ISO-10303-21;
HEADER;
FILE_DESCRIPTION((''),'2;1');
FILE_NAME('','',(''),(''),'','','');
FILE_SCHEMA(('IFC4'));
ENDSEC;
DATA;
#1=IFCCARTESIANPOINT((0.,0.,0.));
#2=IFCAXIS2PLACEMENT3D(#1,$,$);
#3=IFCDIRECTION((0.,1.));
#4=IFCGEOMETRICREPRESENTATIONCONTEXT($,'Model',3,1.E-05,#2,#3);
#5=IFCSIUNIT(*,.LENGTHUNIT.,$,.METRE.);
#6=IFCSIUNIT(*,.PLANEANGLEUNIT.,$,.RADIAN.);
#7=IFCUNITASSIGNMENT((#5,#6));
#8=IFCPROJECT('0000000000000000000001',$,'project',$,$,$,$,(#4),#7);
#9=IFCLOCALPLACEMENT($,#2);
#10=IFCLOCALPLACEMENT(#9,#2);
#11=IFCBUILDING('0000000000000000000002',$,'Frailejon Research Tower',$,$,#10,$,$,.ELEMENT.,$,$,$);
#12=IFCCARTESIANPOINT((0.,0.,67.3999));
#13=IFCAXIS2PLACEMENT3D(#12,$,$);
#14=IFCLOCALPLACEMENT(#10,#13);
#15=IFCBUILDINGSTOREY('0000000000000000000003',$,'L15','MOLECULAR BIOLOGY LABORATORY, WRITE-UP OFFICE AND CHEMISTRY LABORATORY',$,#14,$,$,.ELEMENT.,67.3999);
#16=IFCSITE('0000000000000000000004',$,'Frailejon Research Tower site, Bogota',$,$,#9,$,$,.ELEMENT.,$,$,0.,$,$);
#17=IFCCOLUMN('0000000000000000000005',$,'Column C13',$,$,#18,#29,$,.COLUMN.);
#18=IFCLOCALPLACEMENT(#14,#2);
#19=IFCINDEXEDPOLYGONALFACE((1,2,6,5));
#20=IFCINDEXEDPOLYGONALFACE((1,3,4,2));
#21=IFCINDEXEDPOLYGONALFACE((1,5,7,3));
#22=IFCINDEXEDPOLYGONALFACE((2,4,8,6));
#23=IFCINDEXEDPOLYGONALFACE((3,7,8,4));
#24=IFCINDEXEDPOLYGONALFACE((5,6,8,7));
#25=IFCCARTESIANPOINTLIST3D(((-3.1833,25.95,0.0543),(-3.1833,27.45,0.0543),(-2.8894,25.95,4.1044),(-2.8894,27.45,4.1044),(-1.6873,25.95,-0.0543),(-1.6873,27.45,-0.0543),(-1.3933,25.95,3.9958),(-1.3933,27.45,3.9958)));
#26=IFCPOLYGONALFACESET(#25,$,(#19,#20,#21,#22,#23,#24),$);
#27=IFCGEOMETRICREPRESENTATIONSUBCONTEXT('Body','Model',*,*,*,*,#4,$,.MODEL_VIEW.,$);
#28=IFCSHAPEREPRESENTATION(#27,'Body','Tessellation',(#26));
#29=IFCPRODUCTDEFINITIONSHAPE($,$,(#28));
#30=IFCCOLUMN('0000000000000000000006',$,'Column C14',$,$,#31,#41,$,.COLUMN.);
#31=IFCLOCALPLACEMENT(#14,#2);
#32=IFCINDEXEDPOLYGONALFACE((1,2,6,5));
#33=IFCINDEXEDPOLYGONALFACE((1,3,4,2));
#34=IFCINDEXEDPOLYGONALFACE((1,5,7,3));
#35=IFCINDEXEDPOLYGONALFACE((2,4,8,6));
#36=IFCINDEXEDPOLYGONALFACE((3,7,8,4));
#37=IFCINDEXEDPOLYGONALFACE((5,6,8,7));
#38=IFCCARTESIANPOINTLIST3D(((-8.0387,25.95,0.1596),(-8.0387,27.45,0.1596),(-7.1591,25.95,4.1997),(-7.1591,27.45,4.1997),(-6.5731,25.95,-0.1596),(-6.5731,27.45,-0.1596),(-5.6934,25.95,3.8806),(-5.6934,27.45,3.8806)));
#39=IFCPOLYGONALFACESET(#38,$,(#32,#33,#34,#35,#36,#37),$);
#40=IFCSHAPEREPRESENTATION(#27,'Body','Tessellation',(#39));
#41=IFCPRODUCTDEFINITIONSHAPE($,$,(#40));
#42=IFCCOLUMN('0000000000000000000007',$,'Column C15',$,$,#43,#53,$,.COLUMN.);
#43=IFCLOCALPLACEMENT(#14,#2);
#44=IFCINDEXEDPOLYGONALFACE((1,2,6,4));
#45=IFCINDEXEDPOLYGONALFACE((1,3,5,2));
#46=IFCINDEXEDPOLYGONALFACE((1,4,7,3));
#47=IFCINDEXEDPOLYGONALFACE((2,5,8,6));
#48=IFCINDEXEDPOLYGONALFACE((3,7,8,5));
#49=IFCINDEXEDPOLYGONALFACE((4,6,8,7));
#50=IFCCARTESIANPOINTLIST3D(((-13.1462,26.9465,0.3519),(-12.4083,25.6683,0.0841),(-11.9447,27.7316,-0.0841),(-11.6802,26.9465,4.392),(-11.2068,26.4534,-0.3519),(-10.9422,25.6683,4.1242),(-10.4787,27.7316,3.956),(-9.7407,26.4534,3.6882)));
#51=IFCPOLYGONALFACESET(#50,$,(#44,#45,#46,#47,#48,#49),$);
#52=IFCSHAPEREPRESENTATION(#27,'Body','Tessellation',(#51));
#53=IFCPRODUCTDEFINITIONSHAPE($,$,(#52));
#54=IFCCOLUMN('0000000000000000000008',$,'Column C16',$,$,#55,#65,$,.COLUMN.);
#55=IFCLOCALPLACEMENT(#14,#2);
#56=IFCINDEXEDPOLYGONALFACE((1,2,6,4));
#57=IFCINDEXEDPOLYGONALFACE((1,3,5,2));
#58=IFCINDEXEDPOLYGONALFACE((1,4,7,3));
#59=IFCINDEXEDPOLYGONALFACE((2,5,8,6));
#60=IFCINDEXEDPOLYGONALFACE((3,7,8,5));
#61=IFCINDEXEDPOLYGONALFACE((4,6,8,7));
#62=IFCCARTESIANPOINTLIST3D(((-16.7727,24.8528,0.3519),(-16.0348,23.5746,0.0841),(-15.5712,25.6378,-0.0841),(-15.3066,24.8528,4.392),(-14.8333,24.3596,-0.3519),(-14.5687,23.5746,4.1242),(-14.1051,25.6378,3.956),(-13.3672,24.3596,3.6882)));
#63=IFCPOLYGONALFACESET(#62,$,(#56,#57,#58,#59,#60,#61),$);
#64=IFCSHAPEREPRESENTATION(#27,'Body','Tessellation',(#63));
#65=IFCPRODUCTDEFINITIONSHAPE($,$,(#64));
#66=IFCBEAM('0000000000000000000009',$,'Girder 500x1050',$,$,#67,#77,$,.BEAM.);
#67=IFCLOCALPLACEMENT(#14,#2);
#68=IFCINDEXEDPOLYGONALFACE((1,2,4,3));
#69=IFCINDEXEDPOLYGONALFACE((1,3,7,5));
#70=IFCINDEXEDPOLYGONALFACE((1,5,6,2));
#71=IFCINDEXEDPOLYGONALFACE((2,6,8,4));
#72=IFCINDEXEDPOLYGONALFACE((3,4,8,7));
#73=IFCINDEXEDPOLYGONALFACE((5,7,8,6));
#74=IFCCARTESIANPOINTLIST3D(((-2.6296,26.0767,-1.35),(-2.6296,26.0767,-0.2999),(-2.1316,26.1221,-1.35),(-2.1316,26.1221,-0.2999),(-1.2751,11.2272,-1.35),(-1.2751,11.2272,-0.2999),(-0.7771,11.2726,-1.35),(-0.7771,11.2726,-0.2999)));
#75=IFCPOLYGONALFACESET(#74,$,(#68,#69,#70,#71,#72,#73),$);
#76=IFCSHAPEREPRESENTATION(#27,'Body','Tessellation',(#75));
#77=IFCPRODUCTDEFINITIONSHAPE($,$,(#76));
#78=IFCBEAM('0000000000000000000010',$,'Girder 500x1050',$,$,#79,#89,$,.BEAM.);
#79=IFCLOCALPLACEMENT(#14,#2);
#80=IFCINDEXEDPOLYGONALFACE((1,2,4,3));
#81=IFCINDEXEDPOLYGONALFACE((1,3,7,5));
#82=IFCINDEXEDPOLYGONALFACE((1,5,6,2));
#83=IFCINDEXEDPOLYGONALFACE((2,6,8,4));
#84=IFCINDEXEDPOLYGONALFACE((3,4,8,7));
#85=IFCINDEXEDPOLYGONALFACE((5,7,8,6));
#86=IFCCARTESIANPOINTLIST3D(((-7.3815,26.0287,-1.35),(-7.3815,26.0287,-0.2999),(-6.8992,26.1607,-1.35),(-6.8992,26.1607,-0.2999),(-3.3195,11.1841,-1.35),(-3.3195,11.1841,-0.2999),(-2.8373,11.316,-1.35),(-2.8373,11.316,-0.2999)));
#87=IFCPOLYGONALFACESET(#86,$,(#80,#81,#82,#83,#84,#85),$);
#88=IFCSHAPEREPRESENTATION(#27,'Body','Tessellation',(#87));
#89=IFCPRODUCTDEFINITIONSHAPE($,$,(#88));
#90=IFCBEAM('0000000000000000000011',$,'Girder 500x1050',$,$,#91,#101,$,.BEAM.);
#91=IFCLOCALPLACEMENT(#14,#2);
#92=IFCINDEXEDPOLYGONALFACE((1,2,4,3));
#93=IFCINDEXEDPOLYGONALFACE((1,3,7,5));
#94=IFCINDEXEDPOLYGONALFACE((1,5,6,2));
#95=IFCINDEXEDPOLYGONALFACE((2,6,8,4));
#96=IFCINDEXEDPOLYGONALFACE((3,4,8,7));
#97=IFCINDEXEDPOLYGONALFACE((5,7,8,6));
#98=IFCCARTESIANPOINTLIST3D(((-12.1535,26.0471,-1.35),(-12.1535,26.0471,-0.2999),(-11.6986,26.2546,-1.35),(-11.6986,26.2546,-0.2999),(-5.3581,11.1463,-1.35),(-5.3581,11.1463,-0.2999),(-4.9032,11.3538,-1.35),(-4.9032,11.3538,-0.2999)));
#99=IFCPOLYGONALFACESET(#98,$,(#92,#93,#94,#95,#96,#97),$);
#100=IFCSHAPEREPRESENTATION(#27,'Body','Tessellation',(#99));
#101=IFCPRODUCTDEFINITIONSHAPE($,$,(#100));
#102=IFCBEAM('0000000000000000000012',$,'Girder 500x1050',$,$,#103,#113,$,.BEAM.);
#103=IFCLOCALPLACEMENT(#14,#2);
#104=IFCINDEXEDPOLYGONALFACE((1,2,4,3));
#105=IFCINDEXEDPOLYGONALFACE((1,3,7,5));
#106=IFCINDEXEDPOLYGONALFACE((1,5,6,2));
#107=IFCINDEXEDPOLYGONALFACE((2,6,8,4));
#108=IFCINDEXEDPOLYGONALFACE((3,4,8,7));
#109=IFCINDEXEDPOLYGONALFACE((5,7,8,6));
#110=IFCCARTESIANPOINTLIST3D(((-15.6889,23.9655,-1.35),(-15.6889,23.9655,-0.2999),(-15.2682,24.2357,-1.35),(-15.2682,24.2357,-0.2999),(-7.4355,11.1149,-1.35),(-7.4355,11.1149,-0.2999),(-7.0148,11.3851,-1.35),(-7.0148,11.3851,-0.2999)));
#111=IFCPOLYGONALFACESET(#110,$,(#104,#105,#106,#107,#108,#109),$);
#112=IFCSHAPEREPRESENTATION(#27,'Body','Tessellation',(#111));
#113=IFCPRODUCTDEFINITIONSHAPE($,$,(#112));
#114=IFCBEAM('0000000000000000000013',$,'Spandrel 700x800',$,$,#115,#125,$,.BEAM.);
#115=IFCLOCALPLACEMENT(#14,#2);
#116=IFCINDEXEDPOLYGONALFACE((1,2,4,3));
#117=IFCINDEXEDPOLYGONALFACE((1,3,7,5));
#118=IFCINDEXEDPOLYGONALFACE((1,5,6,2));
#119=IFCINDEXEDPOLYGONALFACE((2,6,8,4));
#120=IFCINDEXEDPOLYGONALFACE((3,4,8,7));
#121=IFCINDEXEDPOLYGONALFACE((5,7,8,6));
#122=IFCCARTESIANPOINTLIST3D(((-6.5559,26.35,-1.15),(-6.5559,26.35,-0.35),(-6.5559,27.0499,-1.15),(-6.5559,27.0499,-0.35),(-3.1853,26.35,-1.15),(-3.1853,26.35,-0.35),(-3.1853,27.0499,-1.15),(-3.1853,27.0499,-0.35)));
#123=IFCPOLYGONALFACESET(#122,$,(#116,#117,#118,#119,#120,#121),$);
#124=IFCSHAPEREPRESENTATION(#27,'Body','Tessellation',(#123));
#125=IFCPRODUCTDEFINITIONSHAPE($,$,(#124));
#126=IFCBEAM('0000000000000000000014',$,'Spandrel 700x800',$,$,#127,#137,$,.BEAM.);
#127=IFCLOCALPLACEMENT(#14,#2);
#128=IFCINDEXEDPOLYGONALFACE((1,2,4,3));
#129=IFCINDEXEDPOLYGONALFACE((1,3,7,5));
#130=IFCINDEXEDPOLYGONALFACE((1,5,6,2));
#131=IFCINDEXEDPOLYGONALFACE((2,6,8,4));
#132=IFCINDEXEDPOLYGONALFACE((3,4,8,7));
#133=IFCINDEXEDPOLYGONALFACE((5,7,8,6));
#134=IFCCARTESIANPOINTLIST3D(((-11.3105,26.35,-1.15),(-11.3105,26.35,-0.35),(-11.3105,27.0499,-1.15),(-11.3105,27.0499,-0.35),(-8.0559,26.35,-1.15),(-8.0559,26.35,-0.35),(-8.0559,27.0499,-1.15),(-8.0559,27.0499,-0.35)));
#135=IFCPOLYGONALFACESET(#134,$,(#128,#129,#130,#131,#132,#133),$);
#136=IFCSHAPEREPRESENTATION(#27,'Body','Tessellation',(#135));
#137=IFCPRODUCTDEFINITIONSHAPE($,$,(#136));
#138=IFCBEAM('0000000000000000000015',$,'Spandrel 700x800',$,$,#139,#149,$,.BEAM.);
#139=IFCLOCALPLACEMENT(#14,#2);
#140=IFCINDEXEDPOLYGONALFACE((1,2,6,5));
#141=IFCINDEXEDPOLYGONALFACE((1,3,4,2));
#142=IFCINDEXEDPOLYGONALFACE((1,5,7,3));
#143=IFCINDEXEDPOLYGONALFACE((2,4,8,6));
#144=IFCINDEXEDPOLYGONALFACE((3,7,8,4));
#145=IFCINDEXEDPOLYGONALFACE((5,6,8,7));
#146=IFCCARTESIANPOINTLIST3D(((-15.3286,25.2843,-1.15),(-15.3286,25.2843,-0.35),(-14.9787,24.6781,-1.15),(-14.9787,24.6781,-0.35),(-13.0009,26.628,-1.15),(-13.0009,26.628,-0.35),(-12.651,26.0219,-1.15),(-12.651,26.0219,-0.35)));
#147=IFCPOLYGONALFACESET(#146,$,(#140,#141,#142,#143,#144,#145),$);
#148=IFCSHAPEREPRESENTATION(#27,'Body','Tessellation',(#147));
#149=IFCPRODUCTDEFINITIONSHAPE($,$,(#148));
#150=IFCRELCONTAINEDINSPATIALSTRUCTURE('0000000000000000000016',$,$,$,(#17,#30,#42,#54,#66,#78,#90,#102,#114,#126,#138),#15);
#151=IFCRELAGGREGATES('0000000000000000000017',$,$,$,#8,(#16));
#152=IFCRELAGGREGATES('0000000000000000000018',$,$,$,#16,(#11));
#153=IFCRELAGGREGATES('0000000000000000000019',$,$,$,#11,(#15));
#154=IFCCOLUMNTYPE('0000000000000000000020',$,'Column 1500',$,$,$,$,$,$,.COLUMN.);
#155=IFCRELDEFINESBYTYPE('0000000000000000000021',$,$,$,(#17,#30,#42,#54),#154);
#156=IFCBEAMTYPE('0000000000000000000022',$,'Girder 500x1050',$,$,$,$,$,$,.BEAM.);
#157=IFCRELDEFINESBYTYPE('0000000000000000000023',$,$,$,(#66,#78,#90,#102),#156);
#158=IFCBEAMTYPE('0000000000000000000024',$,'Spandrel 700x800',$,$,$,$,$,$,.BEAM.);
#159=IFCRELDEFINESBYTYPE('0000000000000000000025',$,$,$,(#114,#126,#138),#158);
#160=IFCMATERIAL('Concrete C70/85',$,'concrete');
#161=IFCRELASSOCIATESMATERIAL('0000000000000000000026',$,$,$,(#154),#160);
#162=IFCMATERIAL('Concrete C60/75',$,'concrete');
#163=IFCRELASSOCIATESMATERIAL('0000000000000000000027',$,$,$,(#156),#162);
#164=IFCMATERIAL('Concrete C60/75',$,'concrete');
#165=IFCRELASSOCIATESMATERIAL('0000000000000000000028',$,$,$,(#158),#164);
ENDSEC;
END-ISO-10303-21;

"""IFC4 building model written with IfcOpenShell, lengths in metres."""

from ifc_helpers import new_model, si_unit, direction, frame, origin, origin_2d, place, context, subcontext, project, spatial, rectangle, extrude, material, material_profile, profile_set, type_object, element, save


model = new_model("IFC4")

# Units and contexts
model_context = context("Model", 3, precision=1e-05, world=origin(), true_north=direction((0.0, 1.0)))
body_context = subcontext(model_context, "Body", "Model", "MODEL_VIEW")
ifc_project = project(units=[si_unit("LENGTHUNIT", "METRE"), si_unit("PLANEANGLEUNIT", "RADIAN")], contexts=[model_context])

# Site, building, storey
site_placement = place(None, origin())
site = spatial("IfcSite", under=ifc_project, at=site_placement, Name="Frailejon Research Tower site, Bogota", CompositionType="ELEMENT", RefElevation=0.0)
building_placement = place(site_placement, origin())
building = spatial("IfcBuilding", under=site, at=building_placement, Name="Frailejon Research Tower", CompositionType="ELEMENT")
storey_placement = place(building_placement, frame((0.0, 0.0, 67.3999)))
storey = spatial("IfcBuildingStorey", under=building, at=storey_placement, Name="L15", Description="MOLECULAR BIOLOGY LABORATORY, WRITE-UP OFFICE AND CHEMISTRY LABORATORY", CompositionType="ELEMENT", Elevation=67.3999)

# Columns
ifc_material_1 = material(Name="Concrete C70/85", Category="concrete")
ifc_material_profile_1 = material_profile(ifc_material_1, rectangle(XDim=1.5, YDim=1.5, at=origin_2d()), Name="Column 1500")
ifc_profile_set_1 = profile_set([ifc_material_profile_1], Name="Concrete C70/85")
column_type = type_object("IfcColumnType", Name="Column 1500", PredefinedType="COLUMN", material=ifc_profile_set_1)
column_1_placement = place(storey_placement, frame((-2.4353, 26.7, 0.0), z_axis=(0.072388, 0.0, 0.997377), x_axis=(-0.997377, 0.0, 0.072388)))
element("IfcColumn", 1, at=column_1_placement, inside=storey, type_object=column_type, Name="Column C13", PredefinedType="COLUMN", context=body_context, shape_type="SweptSolid", body=[
    extrude(rectangle(XDim=1.5, YDim=1.5, at=origin_2d()), origin(), (0.0, 0.0, 1.0), 4.0608),
])
column_2_placement = place(storey_placement, frame((-7.3059, 26.7, 0.0), z_axis=(0.212746, 0.0, 0.977108), x_axis=(-0.977108, 0.0, 0.212746)))
element("IfcColumn", 2, at=column_2_placement, inside=storey, type_object=column_type, Name="Column C14", PredefinedType="COLUMN", context=body_context, shape_type="SweptSolid", body=[
    extrude(rectangle(XDim=1.5, YDim=1.5, at=origin_2d()), origin(), (0.0, 0.0, 1.0), 4.1348),
])
for number, where, z_axis, x_axis, name in (
    (3, (-12.1765, 26.7, 0.0), (0.341118, 0.0, 0.94002), (-0.801005, -0.523355, 0.290672), "Column C15"),
    (4, (-15.803, 24.6062, 0.0), (0.341118, 0.0, 0.94002), (-0.801003, -0.523358, 0.290671), "Column C16"),
):
    element("IfcColumn", number, at=place(storey_placement, frame(where, z_axis=z_axis, x_axis=x_axis)), inside=storey, type_object=column_type, Name=name, PredefinedType="COLUMN", context=body_context, shape_type="SweptSolid", body=[
        extrude(rectangle(XDim=1.5, YDim=1.5, at=origin_2d()), origin(), (0.0, 0.0, 1.0), 4.2979),
    ])

# Beams
ifc_material_2 = material(Name="Concrete C60/75", Category="concrete")
ifc_material_profile_2 = material_profile(ifc_material_2, rectangle(XDim=0.5, YDim=1.05, at=origin_2d()), Name="Girder 500x1050")
ifc_profile_set_2 = profile_set([ifc_material_profile_2], Name="Concrete C60/75")
beam_type_1 = type_object("IfcBeamType", Name="Girder 500x1050", PredefinedType="BEAM", material=ifc_profile_set_2)
beam_1_placement = place(storey_placement, frame((-2.3806, 26.0994, -0.825), z_axis=(0.090838, -0.995866, 0.0), x_axis=(0.995866, 0.090838, 0.0)))
element("IfcBeam", 5, at=beam_1_placement, inside=storey, type_object=beam_type_1, Name="Girder 500x1050", PredefinedType="BEAM", context=body_context, shape_type="SweptSolid", body=[
    extrude(rectangle(XDim=0.5, YDim=1.05, at=origin_2d()), origin(), (0.0, 0.0, 1.0), 14.9111),
])
beam_2_placement = place(storey_placement, frame((-7.1404, 26.0947, -0.825), z_axis=(0.263931, -0.964542, 0.0), x_axis=(0.964542, 0.263931, 0.0)))
element("IfcBeam", 6, at=beam_2_placement, inside=storey, type_object=beam_type_1, Name="Girder 500x1050", PredefinedType="BEAM", context=body_context, shape_type="SweptSolid", body=[
    extrude(rectangle(XDim=0.5, YDim=1.05, at=origin_2d()), origin(), (0.0, 0.0, 1.0), 15.3904),
])
beam_3_placement = place(storey_placement, frame((-11.926, 26.1509, -0.825), z_axis=(0.41493, -0.909853, 0.0), x_axis=(0.909853, 0.41493, 0.0)))
element("IfcBeam", 7, at=beam_3_placement, inside=storey, type_object=beam_type_1, Name="Girder 500x1050", PredefinedType="BEAM", context=body_context, shape_type="SweptSolid", body=[
    extrude(rectangle(XDim=0.5, YDim=1.05, at=origin_2d()), origin(), (0.0, 0.0, 1.0), 16.3772),
])
beam_4_placement = place(storey_placement, frame((-15.4785, 24.1006, -0.825), z_axis=(0.540402, -0.841407, 0.0), x_axis=(0.841407, 0.540402, 0.0)))
element("IfcBeam", 8, at=beam_4_placement, inside=storey, type_object=beam_type_1, Name="Girder 500x1050", PredefinedType="BEAM", context=body_context, shape_type="SweptSolid", body=[
    extrude(rectangle(XDim=0.5, YDim=1.05, at=origin_2d()), origin(), (0.0, 0.0, 1.0), 15.2727),
])
ifc_material_3 = material(Name="Concrete C60/75", Category="concrete")
ifc_material_profile_3 = material_profile(ifc_material_3, rectangle(XDim=0.7, YDim=0.8, at=origin_2d()), Name="Spandrel 700x800")
ifc_profile_set_3 = profile_set([ifc_material_profile_3], Name="Concrete C60/75")
beam_type_2 = type_object("IfcBeamType", Name="Spandrel 700x800", PredefinedType="BEAM", material=ifc_profile_set_3)
beam_5_placement = place(storey_placement, frame((-3.1853, 26.7, -0.75), z_axis=(-1.0, 0.0, 0.0), x_axis=(0.0, -1.0, 0.0)))
element("IfcBeam", 9, at=beam_5_placement, inside=storey, type_object=beam_type_2, Name="Spandrel 700x800", PredefinedType="BEAM", context=body_context, shape_type="SweptSolid", body=[
    extrude(rectangle(XDim=0.7, YDim=0.8, at=origin_2d()), origin(), (0.0, 0.0, 1.0), 3.3706),
])
beam_6_placement = place(storey_placement, frame((-8.0559, 26.7, -0.75), z_axis=(-1.0, 0.0, 0.0), x_axis=(0.0, -1.0, 0.0)))
element("IfcBeam", 10, at=beam_6_placement, inside=storey, type_object=beam_type_2, Name="Spandrel 700x800", PredefinedType="BEAM", context=body_context, shape_type="SweptSolid", body=[
    extrude(rectangle(XDim=0.7, YDim=0.8, at=origin_2d()), origin(), (0.0, 0.0, 1.0), 3.2546),
])
beam_7_placement = place(storey_placement, frame((-12.8259, 26.325, -0.75), z_axis=(-0.866043, -0.499969, 0.0), x_axis=(0.499969, -0.866043, 0.0)))
element("IfcBeam", 11, at=beam_7_placement, inside=storey, type_object=beam_type_2, Name="Spandrel 700x800", PredefinedType="BEAM", context=body_context, shape_type="SweptSolid", body=[
    extrude(rectangle(XDim=0.7, YDim=0.8, at=origin_2d()), origin(), (0.0, 0.0, 1.0), 2.6877),
])

save(model, "model.ifc")
